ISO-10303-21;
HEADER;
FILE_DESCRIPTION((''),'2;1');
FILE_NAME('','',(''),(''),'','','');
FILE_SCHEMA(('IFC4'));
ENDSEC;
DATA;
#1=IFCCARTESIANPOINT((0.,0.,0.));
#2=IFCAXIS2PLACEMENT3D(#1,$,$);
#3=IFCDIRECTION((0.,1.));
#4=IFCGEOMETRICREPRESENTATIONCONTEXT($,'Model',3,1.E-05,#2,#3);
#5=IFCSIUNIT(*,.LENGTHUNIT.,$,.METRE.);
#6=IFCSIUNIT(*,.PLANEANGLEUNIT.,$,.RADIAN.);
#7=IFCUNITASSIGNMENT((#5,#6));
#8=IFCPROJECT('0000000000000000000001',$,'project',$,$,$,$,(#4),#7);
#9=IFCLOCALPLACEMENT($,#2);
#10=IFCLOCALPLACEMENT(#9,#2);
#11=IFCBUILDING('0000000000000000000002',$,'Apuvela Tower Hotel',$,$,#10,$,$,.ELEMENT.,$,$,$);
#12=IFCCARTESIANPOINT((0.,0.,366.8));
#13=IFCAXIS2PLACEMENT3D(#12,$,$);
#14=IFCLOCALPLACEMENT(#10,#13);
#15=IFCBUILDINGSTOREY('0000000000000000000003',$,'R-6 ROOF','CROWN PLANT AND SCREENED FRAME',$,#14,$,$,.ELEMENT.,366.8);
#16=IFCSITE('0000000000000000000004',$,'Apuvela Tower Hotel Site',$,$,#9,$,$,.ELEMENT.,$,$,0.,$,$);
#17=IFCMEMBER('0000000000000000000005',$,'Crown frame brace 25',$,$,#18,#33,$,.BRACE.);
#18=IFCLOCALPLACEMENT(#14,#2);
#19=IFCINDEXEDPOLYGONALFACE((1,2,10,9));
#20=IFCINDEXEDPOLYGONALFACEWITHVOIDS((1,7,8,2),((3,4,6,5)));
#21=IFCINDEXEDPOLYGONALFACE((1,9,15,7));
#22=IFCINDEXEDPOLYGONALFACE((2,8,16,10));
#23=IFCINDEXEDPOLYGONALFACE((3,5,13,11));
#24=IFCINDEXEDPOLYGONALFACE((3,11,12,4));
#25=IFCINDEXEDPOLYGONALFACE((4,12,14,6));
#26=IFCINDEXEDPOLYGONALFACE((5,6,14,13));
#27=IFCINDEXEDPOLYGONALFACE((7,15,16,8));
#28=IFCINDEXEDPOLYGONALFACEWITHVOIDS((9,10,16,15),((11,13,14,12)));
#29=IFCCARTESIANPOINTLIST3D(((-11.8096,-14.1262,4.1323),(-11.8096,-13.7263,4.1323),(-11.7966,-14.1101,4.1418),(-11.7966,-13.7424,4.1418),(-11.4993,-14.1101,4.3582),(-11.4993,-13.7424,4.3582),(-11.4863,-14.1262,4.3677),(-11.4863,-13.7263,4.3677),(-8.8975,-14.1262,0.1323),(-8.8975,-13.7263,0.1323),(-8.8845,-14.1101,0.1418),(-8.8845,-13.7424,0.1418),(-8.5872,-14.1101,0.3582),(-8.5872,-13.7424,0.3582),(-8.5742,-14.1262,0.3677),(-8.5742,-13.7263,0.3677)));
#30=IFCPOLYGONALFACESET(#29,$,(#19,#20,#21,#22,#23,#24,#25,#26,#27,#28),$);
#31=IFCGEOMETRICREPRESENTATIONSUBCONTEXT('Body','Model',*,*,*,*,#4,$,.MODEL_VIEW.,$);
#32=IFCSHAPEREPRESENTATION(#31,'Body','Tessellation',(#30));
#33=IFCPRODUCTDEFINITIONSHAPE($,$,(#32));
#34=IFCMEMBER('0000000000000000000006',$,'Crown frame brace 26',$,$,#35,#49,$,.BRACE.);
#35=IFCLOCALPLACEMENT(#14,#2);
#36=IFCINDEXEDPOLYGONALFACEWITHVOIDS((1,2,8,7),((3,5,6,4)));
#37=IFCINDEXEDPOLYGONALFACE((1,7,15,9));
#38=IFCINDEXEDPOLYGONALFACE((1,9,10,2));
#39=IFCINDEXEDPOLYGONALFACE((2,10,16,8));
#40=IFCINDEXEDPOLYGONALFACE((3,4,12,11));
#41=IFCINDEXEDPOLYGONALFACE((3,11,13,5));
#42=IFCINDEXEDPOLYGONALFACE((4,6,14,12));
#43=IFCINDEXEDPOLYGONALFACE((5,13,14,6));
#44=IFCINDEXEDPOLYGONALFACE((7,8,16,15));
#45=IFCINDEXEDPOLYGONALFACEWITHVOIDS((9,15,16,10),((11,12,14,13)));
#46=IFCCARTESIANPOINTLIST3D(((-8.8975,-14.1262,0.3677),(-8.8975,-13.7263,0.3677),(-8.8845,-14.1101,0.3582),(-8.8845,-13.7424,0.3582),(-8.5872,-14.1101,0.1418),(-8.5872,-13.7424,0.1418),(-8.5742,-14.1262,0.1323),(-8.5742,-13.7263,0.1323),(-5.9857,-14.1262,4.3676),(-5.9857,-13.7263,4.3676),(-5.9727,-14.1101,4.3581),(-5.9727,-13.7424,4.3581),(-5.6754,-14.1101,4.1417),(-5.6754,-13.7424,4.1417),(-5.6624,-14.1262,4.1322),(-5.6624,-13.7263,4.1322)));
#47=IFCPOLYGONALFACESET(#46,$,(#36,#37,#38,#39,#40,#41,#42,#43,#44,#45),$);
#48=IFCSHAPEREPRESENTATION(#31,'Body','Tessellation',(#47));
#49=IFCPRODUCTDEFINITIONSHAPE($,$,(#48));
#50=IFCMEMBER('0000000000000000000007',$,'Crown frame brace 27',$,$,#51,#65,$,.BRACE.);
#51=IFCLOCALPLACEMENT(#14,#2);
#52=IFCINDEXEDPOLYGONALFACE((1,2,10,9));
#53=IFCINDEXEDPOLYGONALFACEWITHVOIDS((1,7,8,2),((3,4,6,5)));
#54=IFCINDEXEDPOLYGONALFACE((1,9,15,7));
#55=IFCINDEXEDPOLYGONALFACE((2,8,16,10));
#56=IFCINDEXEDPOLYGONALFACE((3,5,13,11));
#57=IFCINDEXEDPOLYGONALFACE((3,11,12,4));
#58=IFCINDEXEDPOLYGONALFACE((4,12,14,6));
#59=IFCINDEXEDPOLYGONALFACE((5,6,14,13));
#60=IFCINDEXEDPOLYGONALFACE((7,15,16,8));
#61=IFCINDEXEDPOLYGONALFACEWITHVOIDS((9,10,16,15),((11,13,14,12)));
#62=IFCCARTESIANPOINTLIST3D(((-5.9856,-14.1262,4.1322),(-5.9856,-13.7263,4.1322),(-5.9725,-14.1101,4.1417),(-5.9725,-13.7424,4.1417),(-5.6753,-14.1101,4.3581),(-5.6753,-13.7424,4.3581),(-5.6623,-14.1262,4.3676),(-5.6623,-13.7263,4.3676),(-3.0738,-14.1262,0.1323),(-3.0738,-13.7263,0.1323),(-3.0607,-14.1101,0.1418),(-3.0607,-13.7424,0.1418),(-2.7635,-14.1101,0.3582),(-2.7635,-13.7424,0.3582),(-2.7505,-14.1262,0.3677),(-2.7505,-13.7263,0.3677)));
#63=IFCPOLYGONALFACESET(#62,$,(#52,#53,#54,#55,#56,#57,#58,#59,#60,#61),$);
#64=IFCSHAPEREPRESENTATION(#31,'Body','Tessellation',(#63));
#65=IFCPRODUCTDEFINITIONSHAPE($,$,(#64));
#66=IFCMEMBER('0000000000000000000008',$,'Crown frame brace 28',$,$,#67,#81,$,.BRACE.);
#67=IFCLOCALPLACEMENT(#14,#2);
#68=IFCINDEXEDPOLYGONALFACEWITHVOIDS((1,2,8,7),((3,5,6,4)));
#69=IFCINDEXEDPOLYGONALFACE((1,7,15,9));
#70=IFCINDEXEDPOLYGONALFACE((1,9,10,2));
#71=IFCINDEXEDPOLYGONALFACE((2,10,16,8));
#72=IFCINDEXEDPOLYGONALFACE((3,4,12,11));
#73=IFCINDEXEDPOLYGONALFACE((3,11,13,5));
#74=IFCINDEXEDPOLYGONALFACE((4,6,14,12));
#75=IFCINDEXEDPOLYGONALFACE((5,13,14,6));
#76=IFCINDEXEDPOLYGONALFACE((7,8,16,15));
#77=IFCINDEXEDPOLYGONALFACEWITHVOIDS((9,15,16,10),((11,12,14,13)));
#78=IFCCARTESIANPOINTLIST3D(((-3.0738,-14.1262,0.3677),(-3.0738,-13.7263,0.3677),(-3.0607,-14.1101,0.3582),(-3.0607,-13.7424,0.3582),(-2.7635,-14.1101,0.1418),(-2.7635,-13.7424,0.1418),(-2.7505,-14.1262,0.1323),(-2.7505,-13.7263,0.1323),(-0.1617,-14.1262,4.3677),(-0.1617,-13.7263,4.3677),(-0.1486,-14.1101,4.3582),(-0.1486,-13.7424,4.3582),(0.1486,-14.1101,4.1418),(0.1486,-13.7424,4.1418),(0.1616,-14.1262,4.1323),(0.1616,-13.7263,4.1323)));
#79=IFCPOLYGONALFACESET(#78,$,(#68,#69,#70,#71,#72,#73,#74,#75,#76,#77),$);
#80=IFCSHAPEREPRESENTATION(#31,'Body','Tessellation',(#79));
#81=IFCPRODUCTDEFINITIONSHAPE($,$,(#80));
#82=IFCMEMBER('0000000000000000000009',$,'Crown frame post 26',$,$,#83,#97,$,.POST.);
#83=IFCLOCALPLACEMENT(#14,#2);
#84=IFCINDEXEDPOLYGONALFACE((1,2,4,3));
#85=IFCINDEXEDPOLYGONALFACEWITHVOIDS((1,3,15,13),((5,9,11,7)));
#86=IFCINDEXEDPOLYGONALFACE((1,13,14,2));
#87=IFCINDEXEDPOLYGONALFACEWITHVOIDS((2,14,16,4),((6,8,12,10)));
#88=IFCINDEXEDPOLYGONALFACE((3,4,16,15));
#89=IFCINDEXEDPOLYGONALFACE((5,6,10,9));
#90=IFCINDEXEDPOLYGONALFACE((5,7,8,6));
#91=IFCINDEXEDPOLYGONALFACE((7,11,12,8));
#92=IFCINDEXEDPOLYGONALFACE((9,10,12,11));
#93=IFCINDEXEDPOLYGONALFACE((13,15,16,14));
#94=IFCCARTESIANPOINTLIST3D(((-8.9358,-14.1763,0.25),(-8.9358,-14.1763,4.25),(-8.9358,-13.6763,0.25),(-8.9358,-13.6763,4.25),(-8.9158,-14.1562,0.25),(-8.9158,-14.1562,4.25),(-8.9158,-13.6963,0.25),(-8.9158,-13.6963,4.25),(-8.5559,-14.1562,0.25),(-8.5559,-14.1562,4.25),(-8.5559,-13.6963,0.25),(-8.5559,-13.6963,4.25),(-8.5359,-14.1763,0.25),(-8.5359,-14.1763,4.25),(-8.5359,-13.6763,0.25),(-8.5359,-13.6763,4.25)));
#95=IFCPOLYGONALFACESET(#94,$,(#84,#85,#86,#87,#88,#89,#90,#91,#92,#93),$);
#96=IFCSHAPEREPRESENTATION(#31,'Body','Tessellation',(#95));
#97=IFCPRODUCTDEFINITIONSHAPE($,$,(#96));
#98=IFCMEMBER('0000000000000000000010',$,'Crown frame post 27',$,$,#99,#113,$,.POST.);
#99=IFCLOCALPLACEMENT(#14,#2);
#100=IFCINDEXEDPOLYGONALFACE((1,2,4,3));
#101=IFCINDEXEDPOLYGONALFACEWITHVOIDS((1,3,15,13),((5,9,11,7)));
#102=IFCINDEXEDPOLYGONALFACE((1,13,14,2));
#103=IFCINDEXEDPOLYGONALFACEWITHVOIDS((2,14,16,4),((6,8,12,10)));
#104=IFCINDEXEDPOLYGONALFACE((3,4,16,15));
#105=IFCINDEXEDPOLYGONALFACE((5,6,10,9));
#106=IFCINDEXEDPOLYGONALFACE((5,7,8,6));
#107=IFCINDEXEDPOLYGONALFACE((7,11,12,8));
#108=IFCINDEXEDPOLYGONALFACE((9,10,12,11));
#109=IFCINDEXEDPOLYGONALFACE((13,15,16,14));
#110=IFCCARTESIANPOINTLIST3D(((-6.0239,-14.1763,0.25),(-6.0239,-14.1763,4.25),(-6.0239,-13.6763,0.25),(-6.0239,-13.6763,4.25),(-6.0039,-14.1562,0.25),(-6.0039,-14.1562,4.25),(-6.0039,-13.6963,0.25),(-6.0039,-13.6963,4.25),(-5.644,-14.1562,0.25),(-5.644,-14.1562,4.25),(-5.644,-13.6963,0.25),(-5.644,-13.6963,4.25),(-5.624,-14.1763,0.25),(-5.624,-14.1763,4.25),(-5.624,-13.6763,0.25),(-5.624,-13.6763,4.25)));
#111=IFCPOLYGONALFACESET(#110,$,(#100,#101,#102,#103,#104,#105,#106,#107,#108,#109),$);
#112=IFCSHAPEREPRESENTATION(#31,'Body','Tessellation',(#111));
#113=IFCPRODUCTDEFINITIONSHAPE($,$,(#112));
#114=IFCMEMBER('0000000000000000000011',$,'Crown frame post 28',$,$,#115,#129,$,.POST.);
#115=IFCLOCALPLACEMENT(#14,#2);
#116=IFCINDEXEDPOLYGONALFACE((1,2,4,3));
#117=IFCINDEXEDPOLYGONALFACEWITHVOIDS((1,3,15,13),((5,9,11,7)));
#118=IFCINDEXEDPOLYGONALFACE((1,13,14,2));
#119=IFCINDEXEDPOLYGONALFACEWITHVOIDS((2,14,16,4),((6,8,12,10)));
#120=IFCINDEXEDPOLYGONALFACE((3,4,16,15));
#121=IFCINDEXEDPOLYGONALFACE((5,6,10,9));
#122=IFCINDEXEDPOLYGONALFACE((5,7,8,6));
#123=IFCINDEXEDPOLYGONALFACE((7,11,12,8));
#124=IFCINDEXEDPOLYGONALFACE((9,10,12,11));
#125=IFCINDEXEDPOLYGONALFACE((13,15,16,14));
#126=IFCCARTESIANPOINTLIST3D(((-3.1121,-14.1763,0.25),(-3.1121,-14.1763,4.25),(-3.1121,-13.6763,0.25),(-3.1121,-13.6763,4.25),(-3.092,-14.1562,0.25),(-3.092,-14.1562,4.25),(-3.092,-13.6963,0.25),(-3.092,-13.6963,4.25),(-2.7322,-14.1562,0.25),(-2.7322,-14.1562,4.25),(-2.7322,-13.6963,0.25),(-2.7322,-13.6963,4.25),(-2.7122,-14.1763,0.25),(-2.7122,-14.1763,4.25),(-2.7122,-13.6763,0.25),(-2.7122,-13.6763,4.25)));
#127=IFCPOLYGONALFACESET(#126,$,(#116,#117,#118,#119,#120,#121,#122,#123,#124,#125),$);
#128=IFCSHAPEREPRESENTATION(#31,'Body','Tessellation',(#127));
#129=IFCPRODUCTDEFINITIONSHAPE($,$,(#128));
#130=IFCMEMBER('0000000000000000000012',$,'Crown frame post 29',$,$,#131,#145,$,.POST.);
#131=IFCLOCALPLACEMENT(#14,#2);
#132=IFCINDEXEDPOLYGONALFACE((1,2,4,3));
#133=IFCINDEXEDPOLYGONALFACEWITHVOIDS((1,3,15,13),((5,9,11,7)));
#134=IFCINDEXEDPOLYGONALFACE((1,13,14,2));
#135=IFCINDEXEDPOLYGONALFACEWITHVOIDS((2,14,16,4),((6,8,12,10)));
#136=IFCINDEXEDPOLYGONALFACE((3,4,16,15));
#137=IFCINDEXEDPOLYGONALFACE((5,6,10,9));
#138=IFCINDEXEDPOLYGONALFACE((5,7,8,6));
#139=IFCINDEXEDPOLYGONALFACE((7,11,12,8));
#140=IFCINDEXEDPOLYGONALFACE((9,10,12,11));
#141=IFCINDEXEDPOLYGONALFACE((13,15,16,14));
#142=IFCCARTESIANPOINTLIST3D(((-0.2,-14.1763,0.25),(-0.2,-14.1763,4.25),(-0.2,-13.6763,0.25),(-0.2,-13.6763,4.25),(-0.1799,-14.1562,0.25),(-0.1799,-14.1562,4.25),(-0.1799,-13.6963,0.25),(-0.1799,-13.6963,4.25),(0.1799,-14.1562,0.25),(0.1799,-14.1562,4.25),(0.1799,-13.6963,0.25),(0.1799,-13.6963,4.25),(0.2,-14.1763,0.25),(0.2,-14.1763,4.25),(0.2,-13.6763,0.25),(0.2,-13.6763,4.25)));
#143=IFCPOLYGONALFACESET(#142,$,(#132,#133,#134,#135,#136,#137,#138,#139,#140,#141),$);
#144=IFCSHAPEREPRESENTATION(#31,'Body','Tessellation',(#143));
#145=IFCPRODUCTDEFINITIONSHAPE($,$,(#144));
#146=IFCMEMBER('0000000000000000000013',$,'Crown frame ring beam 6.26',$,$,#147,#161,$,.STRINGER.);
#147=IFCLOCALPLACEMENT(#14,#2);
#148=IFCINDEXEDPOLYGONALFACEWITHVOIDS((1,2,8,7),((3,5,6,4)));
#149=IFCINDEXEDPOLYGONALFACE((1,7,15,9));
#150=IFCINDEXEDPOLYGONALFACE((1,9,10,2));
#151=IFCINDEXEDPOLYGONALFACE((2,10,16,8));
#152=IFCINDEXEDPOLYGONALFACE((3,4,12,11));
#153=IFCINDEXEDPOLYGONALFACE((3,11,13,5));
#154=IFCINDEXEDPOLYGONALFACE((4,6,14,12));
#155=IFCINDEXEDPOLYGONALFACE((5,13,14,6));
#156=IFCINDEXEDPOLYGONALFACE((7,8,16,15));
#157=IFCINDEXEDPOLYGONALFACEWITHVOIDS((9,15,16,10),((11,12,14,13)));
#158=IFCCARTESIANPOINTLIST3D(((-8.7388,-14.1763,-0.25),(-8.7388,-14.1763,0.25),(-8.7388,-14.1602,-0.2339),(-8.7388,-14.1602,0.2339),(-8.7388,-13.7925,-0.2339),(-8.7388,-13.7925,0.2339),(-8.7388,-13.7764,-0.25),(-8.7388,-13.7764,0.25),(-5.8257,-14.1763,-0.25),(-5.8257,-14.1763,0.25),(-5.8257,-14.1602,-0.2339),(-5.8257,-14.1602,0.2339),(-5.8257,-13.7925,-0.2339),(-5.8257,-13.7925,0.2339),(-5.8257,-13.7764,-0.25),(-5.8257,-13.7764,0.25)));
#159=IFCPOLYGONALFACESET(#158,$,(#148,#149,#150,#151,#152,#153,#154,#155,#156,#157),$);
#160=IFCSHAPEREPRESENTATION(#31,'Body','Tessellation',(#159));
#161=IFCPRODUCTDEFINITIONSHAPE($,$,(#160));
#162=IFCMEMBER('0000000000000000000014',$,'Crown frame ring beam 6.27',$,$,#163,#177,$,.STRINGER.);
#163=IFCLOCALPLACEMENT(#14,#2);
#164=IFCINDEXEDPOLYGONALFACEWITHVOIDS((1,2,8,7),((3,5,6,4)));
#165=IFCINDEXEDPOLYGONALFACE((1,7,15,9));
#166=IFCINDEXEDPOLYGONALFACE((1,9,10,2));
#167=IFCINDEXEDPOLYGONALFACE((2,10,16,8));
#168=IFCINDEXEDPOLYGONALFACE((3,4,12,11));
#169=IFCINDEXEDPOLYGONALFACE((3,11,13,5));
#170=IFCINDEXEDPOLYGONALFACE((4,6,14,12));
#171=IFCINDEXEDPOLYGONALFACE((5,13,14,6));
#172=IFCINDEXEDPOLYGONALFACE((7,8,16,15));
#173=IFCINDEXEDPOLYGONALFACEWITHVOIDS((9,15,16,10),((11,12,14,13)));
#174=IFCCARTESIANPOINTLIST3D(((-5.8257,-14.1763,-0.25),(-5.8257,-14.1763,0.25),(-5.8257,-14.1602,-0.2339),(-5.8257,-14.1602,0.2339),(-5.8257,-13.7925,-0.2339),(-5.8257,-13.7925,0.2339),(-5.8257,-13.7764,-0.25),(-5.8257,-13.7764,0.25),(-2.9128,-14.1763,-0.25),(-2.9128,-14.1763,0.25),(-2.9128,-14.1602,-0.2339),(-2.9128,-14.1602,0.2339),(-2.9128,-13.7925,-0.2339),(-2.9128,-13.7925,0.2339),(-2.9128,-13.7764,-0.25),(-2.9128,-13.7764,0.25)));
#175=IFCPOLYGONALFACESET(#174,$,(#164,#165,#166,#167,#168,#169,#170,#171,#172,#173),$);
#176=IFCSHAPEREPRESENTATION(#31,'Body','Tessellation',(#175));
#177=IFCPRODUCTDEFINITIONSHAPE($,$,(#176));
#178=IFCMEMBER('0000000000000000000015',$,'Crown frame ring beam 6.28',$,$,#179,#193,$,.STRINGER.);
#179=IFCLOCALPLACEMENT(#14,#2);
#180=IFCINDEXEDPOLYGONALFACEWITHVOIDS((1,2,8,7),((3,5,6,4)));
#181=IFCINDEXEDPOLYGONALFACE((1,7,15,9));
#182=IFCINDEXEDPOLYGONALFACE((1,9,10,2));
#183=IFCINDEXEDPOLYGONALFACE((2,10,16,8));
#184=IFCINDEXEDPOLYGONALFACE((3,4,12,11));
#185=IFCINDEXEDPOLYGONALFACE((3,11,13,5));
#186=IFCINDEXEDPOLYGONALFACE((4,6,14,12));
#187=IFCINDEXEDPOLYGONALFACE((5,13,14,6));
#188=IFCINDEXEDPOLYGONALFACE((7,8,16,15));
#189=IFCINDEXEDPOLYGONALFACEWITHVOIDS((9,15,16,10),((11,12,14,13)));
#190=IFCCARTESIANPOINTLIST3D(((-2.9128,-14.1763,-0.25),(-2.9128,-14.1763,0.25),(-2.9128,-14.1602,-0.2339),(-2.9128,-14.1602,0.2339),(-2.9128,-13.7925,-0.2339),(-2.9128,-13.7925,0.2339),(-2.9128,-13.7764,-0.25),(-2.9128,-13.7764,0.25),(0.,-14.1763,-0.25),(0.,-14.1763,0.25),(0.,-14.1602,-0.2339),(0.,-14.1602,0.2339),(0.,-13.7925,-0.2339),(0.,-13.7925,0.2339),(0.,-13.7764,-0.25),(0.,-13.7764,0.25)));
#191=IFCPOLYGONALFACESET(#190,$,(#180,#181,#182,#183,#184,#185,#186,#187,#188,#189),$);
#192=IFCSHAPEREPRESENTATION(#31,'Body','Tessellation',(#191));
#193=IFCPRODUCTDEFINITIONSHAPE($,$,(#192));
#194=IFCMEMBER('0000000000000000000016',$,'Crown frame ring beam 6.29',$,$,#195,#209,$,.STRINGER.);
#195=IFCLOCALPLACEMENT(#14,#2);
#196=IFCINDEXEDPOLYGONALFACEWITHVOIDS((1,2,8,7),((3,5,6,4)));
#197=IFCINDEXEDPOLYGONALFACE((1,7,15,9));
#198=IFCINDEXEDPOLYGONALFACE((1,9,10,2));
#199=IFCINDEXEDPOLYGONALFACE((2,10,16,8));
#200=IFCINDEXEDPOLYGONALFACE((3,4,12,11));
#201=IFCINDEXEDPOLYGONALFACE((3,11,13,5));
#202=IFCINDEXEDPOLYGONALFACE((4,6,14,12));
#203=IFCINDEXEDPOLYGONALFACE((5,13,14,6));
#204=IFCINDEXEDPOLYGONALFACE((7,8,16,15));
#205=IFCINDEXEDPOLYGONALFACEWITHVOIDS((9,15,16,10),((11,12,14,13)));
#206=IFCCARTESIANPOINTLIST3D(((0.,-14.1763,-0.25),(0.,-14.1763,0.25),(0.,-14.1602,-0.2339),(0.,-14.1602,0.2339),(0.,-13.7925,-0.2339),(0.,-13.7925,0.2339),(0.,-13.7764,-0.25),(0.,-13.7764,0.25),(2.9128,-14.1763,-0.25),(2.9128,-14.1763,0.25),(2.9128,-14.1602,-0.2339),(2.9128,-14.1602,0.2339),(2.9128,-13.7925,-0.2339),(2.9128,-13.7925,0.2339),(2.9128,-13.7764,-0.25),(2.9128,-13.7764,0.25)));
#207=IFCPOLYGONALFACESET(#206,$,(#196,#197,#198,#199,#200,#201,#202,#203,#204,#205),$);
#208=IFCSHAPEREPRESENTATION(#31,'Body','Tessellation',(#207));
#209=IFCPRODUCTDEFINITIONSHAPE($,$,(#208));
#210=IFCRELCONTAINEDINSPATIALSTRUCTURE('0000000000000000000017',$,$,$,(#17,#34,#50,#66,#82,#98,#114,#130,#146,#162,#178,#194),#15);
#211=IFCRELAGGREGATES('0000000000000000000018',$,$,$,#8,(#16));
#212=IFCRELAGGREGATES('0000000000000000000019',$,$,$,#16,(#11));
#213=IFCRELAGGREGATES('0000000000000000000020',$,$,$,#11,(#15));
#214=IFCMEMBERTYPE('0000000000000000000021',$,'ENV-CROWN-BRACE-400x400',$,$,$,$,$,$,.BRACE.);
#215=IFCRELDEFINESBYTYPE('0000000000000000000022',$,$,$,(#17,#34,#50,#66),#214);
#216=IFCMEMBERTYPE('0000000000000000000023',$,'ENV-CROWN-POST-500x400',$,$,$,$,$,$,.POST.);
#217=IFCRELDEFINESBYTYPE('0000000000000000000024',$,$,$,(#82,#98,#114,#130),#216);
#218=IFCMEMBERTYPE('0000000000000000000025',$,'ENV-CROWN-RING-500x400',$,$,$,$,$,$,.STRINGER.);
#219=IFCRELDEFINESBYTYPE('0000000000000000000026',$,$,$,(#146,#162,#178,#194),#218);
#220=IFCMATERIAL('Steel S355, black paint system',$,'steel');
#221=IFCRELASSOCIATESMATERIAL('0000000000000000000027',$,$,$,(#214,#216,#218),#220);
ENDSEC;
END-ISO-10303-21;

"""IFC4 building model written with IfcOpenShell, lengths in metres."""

from ifc_helpers import new_model, si_unit, direction, frame, origin, origin_2d, place, context, subcontext, project, spatial, hollow_rectangle, extrude, material, material_profile, profile_set, type_object, element, save


model = new_model("IFC4")

# Units and contexts
model_context = context("Model", 3, precision=1e-05, world=origin(), true_north=direction((0.0, 1.0)))
body_context = subcontext(model_context, "Body", "Model", "MODEL_VIEW")
ifc_project = project(units=[si_unit("LENGTHUNIT", "METRE"), si_unit("PLANEANGLEUNIT", "RADIAN")], contexts=[model_context])

# Site, building, storey
site_placement = place(None, origin())
site = spatial("IfcSite", under=ifc_project, at=site_placement, Name="Apuvela Tower Hotel Site", CompositionType="ELEMENT", RefElevation=0.0)
building_placement = place(site_placement, origin())
building = spatial("IfcBuilding", under=site, at=building_placement, Name="Apuvela Tower Hotel", CompositionType="ELEMENT")
storey_placement = place(building_placement, frame((0.0, 0.0, 366.8)))
storey = spatial("IfcBuildingStorey", under=building, at=storey_placement, Name="R-6 ROOF", Description="CROWN PLANT AND SCREENED FRAME", CompositionType="ELEMENT", Elevation=366.8)

# Members
ifc_material_1 = material(Name="Steel S355, black paint system", Category="steel")
ifc_material_profile_1 = material_profile(ifc_material_1, hollow_rectangle(XDim=0.3999, YDim=0.3999, WallThickness=0.0161, at=origin_2d()), Name="HSS 400x400x16")
ifc_profile_set_1 = profile_set([ifc_material_profile_1], Name="Steel S355, black paint system")
member_type_1 = type_object("IfcMemberType", Name="ENV-CROWN-BRACE-400x400", PredefinedType="BRACE", material=ifc_profile_set_1)
member_1_placement = place(storey_placement, frame((-8.7358, -13.9263, 0.25), z_axis=(-0.588571, 0.0, 0.808446), x_axis=(0.0, -1.0, 0.0)))
element("IfcMember", 1, at=member_1_placement, inside=storey, type_object=member_type_1, Name="Crown frame brace 25", PredefinedType="BRACE", context=body_context, shape_type="SweptSolid", body=[
    extrude(hollow_rectangle(XDim=0.3999, YDim=0.3999, WallThickness=0.0161, at=origin_2d()), origin(), (0.0, 0.0, 1.0), 4.9478),
])
for number, where, z_axis, x_axis, name in (
    (2, (-8.7358, -13.9263, 0.25), (0.588538, 0.0, 0.808469), (0.0, 1.0, 0.0), "Crown frame brace 26"),
    (3, (-2.9121, -13.9263, 0.25), (-0.588538, 0.0, 0.808469), (0.0, -1.0, 0.0), "Crown frame brace 27"),
):
    element("IfcMember", number, at=place(storey_placement, frame(where, z_axis=z_axis, x_axis=x_axis)), inside=storey, type_object=member_type_1, Name=name, PredefinedType="BRACE", context=body_context, shape_type="SweptSolid", body=[
        extrude(hollow_rectangle(XDim=0.3999, YDim=0.3999, WallThickness=0.0161, at=origin_2d()), origin(), (0.0, 0.0, 1.0), 4.9475),
    ])
member_2_placement = place(storey_placement, frame((-2.9121, -13.9263, 0.25), z_axis=(0.588571, 0.0, 0.808446), x_axis=(0.0, 1.0, 0.0)))
element("IfcMember", 4, at=member_2_placement, inside=storey, type_object=member_type_1, Name="Crown frame brace 28", PredefinedType="BRACE", context=body_context, shape_type="SweptSolid", body=[
    extrude(hollow_rectangle(XDim=0.3999, YDim=0.3999, WallThickness=0.0161, at=origin_2d()), origin(), (0.0, 0.0, 1.0), 4.9478),
])
ifc_material_profile_2 = material_profile(ifc_material_1, hollow_rectangle(XDim=0.3999, YDim=0.5, WallThickness=0.02, at=origin_2d()), Name="HSS 500x400x20")
ifc_profile_set_2 = profile_set([ifc_material_profile_2], Name="Steel S355, black paint system")
member_type_2 = type_object("IfcMemberType", Name="ENV-CROWN-POST-500x400", PredefinedType="POST", material=ifc_profile_set_2)
for number, where, z_axis, x_axis, name in (
    (5, (-8.7358, -13.9263, 0.25), (0.0, 0.0, 1.0), (1.0, 0.0, 0.0), "Crown frame post 26"),
    (6, (-5.824, -13.9263, 0.25), (0.0, 0.0, 1.0), (1.0, 0.0, 0.0), "Crown frame post 27"),
    (7, (-2.9121, -13.9263, 0.25), (0.0, 0.0, 1.0), (1.0, 0.0, 0.0), "Crown frame post 28"),
    (8, (0.0, -13.9263, 0.25), (0.0, 0.0, 1.0), (1.0, 0.0, 0.0), "Crown frame post 29"),
):
    element("IfcMember", number, at=place(storey_placement, frame(where, z_axis=z_axis, x_axis=x_axis)), inside=storey, type_object=member_type_2, Name=name, PredefinedType="POST", context=body_context, shape_type="SweptSolid", body=[
        extrude(hollow_rectangle(XDim=0.3999, YDim=0.5, WallThickness=0.02, at=origin_2d()), origin(), (0.0, 0.0, 1.0), 4.0),
    ])
ifc_material_profile_3 = material_profile(ifc_material_1, hollow_rectangle(XDim=0.3999, YDim=0.5, WallThickness=0.0161, at=origin_2d()), Name="HSS 500x400x16")
ifc_profile_set_3 = profile_set([ifc_material_profile_3], Name="Steel S355, black paint system")
member_type_3 = type_object("IfcMemberType", Name="ENV-CROWN-RING-500x400", PredefinedType="STRINGER", material=ifc_profile_set_3)
member_3_placement = place(storey_placement, frame((-8.7388, -13.9763, 0.0), z_axis=(1.0, 0.0, 0.0), x_axis=(0.0, 1.0, 0.0)))
element("IfcMember", 9, at=member_3_placement, inside=storey, type_object=member_type_3, Name="Crown frame ring beam 6.26", PredefinedType="STRINGER", context=body_context, shape_type="SweptSolid", body=[
    extrude(hollow_rectangle(XDim=0.3999, YDim=0.5, WallThickness=0.0161, at=origin_2d()), origin(), (0.0, 0.0, 1.0), 2.9131),
])
for number, where, z_axis, x_axis, name in (
    (10, (-5.8257, -13.9763, 0.0), (1.0, 0.0, 0.0), (0.0, 1.0, 0.0), "Crown frame ring beam 6.27"),
    (11, (-2.9128, -13.9763, 0.0), (1.0, 0.0, 0.0), (0.0, 1.0, 0.0), "Crown frame ring beam 6.28"),
    (12, (0.0, -13.9763, 0.0), (1.0, 0.0, 0.0), (0.0, 1.0, 0.0), "Crown frame ring beam 6.29"),
):
    element("IfcMember", number, at=place(storey_placement, frame(where, z_axis=z_axis, x_axis=x_axis)), inside=storey, type_object=member_type_3, Name=name, PredefinedType="STRINGER", context=body_context, shape_type="SweptSolid", body=[
        extrude(hollow_rectangle(XDim=0.3999, YDim=0.5, WallThickness=0.0161, at=origin_2d()), origin(), (0.0, 0.0, 1.0), 2.9128),
    ])

save(model, "model.ifc")
